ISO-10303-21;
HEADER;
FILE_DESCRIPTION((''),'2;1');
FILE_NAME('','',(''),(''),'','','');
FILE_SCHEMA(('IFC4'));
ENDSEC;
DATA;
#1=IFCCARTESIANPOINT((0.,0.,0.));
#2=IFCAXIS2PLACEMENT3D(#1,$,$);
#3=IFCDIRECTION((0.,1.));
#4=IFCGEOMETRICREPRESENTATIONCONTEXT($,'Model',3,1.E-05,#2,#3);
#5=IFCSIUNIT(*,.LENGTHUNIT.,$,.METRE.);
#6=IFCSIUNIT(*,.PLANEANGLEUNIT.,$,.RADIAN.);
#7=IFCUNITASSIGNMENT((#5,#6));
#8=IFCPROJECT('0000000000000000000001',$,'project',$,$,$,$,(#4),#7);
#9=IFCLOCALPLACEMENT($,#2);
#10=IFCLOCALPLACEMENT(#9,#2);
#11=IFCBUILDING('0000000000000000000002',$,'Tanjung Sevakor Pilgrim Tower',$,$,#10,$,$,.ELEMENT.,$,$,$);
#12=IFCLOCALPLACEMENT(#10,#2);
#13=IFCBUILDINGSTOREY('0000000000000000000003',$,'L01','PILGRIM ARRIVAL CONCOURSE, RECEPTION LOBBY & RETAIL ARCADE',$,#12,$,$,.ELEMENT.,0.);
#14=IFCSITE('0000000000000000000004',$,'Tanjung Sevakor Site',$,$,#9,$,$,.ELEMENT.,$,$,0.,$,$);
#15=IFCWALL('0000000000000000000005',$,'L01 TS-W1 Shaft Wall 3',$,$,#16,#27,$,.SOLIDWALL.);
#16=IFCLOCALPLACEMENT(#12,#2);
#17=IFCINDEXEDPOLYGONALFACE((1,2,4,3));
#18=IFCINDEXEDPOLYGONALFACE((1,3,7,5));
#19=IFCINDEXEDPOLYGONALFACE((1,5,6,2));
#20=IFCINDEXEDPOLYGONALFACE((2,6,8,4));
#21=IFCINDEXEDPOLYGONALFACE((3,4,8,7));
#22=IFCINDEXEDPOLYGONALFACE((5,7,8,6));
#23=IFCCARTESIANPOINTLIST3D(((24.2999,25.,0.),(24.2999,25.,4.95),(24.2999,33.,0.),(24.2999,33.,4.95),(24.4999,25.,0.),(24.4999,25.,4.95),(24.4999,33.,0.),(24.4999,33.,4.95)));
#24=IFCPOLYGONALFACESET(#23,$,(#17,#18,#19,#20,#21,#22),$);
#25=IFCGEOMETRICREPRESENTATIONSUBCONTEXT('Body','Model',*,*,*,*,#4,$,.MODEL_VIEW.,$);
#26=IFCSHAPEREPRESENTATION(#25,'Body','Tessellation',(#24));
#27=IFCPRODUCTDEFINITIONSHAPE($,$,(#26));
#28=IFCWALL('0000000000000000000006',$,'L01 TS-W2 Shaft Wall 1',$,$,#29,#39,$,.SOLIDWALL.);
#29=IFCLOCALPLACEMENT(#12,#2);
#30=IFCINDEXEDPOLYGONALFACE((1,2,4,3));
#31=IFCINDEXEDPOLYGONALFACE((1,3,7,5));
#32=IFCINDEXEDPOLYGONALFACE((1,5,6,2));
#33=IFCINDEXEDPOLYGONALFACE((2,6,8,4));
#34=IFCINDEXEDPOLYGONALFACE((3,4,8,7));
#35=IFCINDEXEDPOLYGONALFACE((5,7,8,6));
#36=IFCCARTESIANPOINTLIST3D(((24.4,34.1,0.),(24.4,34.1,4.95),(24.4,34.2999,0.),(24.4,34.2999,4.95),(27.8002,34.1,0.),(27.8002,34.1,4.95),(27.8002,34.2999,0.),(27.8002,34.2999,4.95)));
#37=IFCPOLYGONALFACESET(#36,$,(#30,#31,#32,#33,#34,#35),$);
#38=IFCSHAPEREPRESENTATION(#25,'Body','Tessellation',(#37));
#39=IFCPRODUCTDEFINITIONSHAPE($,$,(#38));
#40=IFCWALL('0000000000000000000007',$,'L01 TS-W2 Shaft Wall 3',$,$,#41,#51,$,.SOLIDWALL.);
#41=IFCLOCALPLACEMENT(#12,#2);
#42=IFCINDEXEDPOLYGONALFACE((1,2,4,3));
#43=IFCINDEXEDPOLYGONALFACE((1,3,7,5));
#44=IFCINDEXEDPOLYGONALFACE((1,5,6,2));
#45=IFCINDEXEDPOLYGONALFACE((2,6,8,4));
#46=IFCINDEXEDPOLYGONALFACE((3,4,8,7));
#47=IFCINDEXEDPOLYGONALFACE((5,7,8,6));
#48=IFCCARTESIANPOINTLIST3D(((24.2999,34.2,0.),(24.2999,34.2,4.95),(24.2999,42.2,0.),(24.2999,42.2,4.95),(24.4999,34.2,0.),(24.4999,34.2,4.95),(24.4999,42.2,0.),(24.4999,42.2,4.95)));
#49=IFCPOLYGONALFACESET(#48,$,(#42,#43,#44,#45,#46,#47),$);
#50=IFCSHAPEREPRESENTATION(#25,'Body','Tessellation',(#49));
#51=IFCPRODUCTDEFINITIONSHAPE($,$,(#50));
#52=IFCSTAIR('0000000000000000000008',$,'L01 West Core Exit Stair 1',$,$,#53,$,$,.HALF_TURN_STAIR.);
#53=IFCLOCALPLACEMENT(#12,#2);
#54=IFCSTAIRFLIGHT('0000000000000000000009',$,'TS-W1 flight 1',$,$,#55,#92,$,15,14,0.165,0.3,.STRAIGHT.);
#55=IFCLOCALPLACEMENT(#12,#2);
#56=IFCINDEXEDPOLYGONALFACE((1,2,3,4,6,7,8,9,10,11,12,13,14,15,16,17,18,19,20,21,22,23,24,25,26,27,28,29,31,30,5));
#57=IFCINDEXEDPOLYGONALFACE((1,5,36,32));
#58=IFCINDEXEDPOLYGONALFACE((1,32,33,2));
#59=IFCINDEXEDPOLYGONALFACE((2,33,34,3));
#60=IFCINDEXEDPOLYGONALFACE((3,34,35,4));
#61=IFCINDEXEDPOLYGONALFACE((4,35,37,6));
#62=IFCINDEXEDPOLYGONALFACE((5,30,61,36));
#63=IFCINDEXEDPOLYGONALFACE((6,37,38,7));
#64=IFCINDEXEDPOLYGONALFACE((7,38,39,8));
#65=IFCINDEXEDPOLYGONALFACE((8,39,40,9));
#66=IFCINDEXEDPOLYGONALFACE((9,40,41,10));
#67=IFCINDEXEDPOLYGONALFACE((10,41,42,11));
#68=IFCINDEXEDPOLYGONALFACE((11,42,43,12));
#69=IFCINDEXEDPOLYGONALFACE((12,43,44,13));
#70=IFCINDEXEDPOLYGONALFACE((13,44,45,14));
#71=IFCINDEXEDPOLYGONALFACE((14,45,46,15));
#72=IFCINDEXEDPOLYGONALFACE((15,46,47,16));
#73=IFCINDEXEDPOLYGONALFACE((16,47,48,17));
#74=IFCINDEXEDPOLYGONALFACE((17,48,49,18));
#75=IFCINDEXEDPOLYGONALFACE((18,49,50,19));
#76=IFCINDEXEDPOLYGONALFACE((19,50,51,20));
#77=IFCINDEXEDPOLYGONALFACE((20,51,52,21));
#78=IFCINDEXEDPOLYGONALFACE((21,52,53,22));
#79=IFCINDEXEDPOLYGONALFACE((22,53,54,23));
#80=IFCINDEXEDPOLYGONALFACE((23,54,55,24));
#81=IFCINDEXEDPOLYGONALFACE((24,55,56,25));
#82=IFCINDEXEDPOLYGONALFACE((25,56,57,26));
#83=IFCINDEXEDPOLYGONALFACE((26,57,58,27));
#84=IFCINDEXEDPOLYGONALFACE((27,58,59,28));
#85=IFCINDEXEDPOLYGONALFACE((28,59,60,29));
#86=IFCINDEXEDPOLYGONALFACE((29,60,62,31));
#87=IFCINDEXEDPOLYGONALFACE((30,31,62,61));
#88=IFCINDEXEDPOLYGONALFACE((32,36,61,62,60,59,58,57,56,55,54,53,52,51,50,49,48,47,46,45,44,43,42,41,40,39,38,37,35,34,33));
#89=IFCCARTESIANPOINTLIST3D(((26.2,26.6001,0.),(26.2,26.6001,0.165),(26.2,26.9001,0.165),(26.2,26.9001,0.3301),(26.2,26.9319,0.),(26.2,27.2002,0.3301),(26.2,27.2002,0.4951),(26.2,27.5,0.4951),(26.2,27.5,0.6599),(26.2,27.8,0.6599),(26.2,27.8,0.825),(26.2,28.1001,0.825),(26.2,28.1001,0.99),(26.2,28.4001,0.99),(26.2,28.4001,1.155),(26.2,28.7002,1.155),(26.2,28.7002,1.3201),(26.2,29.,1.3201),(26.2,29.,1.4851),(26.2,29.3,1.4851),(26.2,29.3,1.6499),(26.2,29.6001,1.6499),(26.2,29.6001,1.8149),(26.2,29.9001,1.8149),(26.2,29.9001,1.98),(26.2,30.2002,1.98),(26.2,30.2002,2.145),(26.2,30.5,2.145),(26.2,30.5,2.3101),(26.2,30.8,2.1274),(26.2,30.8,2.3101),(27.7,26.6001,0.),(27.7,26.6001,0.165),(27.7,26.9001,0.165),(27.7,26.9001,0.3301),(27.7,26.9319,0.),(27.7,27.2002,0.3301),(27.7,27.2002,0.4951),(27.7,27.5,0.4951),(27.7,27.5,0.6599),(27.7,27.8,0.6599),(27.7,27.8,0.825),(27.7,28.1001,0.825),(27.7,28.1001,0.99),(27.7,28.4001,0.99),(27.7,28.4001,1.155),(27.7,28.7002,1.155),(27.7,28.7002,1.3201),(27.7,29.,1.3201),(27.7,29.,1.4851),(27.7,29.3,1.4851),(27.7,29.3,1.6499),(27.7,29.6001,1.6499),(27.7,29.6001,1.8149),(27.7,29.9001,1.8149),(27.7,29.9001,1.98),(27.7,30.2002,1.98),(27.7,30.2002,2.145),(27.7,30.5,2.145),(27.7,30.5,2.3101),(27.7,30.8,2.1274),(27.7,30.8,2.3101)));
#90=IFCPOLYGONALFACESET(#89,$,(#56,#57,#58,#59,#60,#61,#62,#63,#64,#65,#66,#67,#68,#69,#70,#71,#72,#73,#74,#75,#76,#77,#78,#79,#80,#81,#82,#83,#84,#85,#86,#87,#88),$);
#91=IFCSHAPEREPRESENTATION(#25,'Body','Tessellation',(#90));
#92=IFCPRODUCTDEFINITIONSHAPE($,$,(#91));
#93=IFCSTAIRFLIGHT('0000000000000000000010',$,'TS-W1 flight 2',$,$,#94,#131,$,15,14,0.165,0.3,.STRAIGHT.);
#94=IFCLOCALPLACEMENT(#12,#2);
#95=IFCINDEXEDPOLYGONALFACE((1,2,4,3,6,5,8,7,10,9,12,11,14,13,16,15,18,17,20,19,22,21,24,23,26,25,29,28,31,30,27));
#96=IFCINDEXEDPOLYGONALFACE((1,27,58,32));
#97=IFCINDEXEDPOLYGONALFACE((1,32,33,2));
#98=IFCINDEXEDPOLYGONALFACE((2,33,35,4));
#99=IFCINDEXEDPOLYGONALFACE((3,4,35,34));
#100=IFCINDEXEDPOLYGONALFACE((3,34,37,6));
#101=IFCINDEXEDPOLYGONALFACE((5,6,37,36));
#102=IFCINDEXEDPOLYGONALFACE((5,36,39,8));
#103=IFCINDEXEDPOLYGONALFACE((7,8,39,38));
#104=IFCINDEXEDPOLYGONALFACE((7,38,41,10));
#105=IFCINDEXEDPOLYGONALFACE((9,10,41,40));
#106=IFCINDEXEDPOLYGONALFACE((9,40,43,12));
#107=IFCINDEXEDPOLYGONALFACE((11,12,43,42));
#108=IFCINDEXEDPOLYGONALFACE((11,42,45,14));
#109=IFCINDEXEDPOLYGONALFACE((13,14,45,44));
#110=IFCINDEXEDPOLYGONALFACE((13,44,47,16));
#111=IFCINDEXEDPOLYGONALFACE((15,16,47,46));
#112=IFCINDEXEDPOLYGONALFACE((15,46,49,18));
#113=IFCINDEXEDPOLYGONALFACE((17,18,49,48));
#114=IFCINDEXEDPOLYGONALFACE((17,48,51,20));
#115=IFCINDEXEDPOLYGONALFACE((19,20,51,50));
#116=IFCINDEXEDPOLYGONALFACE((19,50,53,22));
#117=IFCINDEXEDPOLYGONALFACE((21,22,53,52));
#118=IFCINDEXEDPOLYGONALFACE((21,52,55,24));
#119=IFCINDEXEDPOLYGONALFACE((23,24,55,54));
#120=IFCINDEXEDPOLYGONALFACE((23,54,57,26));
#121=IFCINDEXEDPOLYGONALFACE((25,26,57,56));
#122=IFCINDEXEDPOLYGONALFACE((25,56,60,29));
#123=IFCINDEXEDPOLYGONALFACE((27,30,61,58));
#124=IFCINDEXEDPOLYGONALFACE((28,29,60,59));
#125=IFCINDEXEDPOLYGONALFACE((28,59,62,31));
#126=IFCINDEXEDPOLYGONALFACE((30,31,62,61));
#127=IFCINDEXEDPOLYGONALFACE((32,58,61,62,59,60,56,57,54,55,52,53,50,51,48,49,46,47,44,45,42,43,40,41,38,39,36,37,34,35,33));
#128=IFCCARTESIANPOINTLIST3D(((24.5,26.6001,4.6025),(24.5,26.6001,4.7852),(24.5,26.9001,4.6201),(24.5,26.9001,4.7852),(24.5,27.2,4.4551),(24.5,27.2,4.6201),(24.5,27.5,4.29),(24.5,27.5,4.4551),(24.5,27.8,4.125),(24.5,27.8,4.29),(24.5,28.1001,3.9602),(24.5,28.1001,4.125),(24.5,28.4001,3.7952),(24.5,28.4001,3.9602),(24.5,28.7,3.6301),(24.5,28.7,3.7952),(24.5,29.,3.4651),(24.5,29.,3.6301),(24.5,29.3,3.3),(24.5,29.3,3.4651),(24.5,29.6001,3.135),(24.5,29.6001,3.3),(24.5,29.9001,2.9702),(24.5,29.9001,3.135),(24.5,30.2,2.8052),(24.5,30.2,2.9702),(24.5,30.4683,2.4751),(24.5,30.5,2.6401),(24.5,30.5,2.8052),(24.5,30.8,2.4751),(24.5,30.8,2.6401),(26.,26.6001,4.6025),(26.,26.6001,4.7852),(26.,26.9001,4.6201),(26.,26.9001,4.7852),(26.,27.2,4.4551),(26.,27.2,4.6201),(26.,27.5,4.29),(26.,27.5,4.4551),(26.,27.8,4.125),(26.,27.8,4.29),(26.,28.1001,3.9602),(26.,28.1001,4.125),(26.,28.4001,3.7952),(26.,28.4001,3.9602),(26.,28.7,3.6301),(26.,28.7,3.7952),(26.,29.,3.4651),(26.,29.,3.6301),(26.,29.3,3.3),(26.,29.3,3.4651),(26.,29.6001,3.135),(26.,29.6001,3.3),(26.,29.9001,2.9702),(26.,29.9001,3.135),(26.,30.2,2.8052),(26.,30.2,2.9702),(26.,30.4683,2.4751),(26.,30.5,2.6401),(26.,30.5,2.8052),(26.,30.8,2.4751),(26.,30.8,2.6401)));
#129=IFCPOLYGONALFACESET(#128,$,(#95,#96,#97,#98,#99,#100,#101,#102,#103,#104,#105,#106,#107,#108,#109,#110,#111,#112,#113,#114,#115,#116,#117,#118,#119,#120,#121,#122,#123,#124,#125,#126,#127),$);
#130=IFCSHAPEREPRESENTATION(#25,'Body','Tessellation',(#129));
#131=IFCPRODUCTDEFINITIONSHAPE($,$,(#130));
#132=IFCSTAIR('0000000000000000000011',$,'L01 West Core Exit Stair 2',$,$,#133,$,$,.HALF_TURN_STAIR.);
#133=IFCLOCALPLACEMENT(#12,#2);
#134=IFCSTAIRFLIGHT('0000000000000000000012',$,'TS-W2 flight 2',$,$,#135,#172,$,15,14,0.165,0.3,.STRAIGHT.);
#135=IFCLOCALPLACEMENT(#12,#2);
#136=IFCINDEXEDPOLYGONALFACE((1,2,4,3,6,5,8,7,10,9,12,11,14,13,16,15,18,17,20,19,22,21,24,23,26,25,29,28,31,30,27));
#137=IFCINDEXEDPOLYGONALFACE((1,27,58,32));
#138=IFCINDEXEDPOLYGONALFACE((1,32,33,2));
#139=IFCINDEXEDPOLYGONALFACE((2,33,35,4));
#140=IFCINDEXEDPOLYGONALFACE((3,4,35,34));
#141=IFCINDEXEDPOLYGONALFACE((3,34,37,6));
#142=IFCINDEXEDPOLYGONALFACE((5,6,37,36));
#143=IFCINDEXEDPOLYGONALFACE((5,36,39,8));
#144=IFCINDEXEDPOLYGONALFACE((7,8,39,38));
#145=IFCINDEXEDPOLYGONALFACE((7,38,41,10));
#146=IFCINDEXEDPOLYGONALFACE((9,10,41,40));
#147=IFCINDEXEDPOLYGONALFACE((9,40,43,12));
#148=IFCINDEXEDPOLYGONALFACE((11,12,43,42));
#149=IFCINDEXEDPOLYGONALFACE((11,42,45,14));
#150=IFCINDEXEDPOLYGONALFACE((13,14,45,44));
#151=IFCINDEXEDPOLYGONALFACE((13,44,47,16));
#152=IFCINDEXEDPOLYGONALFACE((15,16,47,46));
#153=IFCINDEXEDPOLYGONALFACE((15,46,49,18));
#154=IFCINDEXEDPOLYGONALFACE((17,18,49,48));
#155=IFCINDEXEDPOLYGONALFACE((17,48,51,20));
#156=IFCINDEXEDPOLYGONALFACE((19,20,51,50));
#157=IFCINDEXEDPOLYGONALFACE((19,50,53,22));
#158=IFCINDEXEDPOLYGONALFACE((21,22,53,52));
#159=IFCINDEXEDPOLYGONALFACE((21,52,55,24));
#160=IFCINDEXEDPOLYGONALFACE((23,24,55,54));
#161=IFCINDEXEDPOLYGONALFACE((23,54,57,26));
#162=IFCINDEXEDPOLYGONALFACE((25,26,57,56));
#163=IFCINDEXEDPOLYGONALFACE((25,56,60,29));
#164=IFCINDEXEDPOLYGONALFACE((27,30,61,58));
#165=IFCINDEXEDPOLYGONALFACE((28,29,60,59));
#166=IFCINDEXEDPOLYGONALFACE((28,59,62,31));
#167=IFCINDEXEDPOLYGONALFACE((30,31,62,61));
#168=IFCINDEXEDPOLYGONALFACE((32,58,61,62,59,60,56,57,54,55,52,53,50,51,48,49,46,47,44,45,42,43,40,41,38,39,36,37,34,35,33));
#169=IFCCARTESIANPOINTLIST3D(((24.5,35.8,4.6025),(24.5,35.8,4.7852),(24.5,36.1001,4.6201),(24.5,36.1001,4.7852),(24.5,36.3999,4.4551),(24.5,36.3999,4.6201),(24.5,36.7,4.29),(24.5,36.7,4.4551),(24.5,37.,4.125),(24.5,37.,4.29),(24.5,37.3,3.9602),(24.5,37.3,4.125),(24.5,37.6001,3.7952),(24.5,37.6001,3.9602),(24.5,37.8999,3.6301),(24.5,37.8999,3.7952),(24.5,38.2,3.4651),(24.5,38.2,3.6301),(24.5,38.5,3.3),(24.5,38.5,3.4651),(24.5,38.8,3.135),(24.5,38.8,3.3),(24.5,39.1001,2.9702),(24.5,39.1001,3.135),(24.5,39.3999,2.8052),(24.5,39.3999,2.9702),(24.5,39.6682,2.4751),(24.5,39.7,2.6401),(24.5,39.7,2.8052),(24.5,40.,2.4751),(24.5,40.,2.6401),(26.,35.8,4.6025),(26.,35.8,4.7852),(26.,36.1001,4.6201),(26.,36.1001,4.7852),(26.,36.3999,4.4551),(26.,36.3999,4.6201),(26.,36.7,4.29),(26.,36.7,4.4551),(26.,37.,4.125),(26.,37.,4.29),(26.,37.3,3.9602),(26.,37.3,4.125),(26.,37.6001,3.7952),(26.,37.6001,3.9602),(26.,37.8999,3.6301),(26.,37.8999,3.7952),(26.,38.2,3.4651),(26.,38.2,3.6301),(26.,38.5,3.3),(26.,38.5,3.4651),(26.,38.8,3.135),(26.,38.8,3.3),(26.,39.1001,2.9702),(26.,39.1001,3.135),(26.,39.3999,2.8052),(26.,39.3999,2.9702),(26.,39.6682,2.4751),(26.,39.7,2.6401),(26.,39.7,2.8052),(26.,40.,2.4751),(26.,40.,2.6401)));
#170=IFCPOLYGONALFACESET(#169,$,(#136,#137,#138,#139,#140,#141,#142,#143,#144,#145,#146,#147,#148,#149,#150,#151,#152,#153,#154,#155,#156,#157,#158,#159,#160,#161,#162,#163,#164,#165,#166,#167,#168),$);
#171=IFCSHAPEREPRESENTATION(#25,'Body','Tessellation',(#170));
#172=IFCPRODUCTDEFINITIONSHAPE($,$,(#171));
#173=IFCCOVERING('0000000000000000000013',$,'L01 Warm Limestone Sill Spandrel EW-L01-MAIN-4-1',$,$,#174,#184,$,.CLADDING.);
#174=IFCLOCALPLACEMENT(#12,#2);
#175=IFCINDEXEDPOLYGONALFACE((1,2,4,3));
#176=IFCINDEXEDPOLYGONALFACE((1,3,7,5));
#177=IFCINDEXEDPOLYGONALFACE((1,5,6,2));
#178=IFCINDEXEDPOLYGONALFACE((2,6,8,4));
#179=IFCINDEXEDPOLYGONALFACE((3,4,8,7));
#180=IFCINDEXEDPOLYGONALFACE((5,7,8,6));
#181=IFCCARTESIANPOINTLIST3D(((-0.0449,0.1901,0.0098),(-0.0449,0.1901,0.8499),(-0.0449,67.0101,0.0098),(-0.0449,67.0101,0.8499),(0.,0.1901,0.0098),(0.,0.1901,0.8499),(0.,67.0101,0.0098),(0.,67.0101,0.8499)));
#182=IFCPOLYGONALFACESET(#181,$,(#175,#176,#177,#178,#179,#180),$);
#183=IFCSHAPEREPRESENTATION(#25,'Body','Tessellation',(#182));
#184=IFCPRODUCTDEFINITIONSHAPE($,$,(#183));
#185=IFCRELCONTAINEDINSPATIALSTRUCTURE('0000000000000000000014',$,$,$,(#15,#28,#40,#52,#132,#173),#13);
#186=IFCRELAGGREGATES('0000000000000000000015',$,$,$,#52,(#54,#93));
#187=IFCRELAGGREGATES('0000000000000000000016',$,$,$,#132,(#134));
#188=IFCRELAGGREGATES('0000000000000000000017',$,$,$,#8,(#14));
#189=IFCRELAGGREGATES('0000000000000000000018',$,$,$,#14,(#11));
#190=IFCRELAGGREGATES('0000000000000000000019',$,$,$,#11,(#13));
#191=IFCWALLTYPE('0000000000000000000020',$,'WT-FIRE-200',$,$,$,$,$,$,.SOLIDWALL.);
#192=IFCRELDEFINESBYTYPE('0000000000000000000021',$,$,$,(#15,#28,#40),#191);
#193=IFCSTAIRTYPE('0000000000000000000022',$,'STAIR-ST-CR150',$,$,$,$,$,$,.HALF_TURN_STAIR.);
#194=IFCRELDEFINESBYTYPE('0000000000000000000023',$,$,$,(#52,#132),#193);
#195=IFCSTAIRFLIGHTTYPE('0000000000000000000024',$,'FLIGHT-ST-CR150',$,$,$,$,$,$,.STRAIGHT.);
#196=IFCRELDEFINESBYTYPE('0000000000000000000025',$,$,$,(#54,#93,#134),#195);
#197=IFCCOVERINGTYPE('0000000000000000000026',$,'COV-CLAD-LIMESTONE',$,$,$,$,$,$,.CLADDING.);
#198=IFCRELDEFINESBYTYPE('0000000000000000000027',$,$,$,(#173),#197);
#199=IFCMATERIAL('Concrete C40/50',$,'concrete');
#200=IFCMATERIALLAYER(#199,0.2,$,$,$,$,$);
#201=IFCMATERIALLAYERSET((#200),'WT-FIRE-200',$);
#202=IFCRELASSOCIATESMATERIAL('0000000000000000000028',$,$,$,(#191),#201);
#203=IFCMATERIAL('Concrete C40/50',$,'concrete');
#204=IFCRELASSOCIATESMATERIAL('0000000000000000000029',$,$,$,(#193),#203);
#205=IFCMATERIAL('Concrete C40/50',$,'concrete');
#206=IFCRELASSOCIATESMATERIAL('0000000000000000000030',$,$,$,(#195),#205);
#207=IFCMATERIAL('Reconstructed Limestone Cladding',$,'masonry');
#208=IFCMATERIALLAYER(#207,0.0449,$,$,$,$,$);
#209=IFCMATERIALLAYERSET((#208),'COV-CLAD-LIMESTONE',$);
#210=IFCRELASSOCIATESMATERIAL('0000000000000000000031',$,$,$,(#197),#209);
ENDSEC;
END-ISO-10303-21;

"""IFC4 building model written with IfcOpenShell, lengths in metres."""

from ifc_helpers import new_model, si_unit, direction, frame, frame_2d, origin, origin_2d, place, context, subcontext, project, spatial, polyline, rectangle, outline, extrude, material, layer, layer_set, type_object, element, aggregate, save


model = new_model("IFC4")

# Units and contexts
model_context = context("Model", 3, precision=1e-05, world=origin(), true_north=direction((0.0, 1.0)))
body_context = subcontext(model_context, "Body", "Model", "MODEL_VIEW")
ifc_project = project(units=[si_unit("LENGTHUNIT", "METRE"), si_unit("PLANEANGLEUNIT", "RADIAN")], contexts=[model_context])

# Site, building, storey
site_placement = place(None, origin())
site = spatial("IfcSite", under=ifc_project, at=site_placement, Name="Tanjung Sevakor Site", CompositionType="ELEMENT", RefElevation=0.0)
building_placement = place(site_placement, origin())
building = spatial("IfcBuilding", under=site, at=building_placement, Name="Tanjung Sevakor Pilgrim Tower", CompositionType="ELEMENT")
storey_placement = place(building_placement, origin())
storey = spatial("IfcBuildingStorey", under=building, at=storey_placement, Name="L01", Description="PILGRIM ARRIVAL CONCOURSE, RECEPTION LOBBY & RETAIL ARCADE", CompositionType="ELEMENT", Elevation=0.0)

# Walls
ifc_material_1 = material(Name="Concrete C40/50", Category="concrete")
ifc_layer_1 = layer(ifc_material_1, 0.2)
ifc_layer_set_1 = layer_set([ifc_layer_1], Name="WT-FIRE-200")
wall_type = type_object("IfcWallType", Name="WT-FIRE-200", PredefinedType="SOLIDWALL", material=ifc_layer_set_1)
wall_1_placement = place(storey_placement, frame((24.3999, 33.0, 0.0), z_axis=(0.0, 0.0, 1.0), x_axis=(0.0, -1.0, 0.0)))
element("IfcWall", 1, at=wall_1_placement, inside=storey, type_object=wall_type, Name="L01 TS-W1 Shaft Wall 3", PredefinedType="SOLIDWALL", context=body_context, shape_type="SweptSolid", body=[
    extrude(rectangle(XDim=8.0, YDim=0.2, at=frame_2d((4.0, 0.0))), origin(), (0.0, 0.0, 1.0), 4.95),
])
wall_2_placement = place(storey_placement, frame((24.3999, 34.2, 0.0), z_axis=(0.0, 0.0, 1.0), x_axis=(1.0, 0.0, 0.0)))
element("IfcWall", 2, at=wall_2_placement, inside=storey, type_object=wall_type, Name="L01 TS-W2 Shaft Wall 1", PredefinedType="SOLIDWALL", context=body_context, shape_type="SweptSolid", body=[
    extrude(rectangle(XDim=3.4001, YDim=0.2, at=frame_2d((1.7002, 0.0))), origin(), (0.0, 0.0, 1.0), 4.95),
])
wall_3_placement = place(storey_placement, frame((24.3999, 42.2, 0.0), z_axis=(0.0, 0.0, 1.0), x_axis=(0.0, -1.0, 0.0)))
element("IfcWall", 3, at=wall_3_placement, inside=storey, type_object=wall_type, Name="L01 TS-W2 Shaft Wall 3", PredefinedType="SOLIDWALL", context=body_context, shape_type="SweptSolid", body=[
    extrude(rectangle(XDim=8.0, YDim=0.2, at=frame_2d((4.0, 0.0))), origin(), (0.0, 0.0, 1.0), 4.95),
])

# Stair, stair flights
ifc_material_2 = material(Name="Concrete C40/50", Category="concrete")
stair_type = type_object("IfcStairType", Name="STAIR-ST-CR150", PredefinedType="HALF_TURN_STAIR", material=ifc_material_2)
stair_1_placement = place(storey_placement, origin())
stair_1 = element("IfcStair", 4, at=stair_1_placement, inside=storey, type_object=stair_type, Name="L01 West Core Exit Stair 1", PredefinedType="HALF_TURN_STAIR")
ifc_material_3 = material(Name="Concrete C40/50", Category="concrete")
stair_flight_type = type_object("IfcStairFlightType", Name="FLIGHT-ST-CR150", PredefinedType="STRAIGHT", material=ifc_material_3)
stair_flight_1_placement = place(storey_placement, frame((26.95, 26.6001, 0.0), z_axis=(0.0, 0.0, 1.0), x_axis=(0.0, 1.0, 0.0)))
stair_flight_1 = element("IfcStairFlight", 5, at=stair_flight_1_placement, type_object=stair_flight_type, Name="TS-W1 flight 1", NumberOfRisers=15, NumberOfTreads=14, PredefinedType="STRAIGHT", RiserHeight=0.165, TreadLength=0.3, context=body_context, shape_type="SweptSolid", body=[
    extrude(outline(polyline([(0.0, 0.0), (0.0, 0.165), (0.3, 0.165), (0.3, 0.3301), (0.6001, 0.3301), (0.6001, 0.4951), (0.8999, 0.4951), (0.8999, 0.6599), (1.2, 0.6599), (1.2, 0.825), (1.5, 0.825), (1.5, 0.99), (1.8, 0.99), (1.8, 1.155), (2.1001, 1.155), (2.1001, 1.3201), (2.3999, 1.3201), (2.3999, 1.4851), (2.7, 1.4851), (2.7, 1.6499), (3.0, 1.6499), (3.0, 1.8149), (3.3, 1.8149), (3.3, 1.98), (3.6001, 1.98), (3.6001, 2.145), (3.8999, 2.145), (3.8999, 2.3101), (4.2, 2.3101), (4.2, 2.4751), (4.2, 2.1274), (0.3318, 0.0), (0.0, 0.0)])), frame((0.0, 0.75, 0.0), z_axis=(0.0, -1.0, 0.0), x_axis=(1.0, 0.0, 0.0)), (0.0, 0.0, 1.0), 1.5),
])
stair_flight_2_placement = place(storey_placement, frame((25.25, 30.8, 2.4751), z_axis=(0.0, 0.0, 1.0), x_axis=(0.0, -1.0, 0.0)))
stair_flight_2 = element("IfcStairFlight", 6, at=stair_flight_2_placement, type_object=stair_flight_type, Name="TS-W1 flight 2", NumberOfRisers=15, NumberOfTreads=14, PredefinedType="STRAIGHT", RiserHeight=0.165, TreadLength=0.3, context=body_context, shape_type="SweptSolid", body=[
    extrude(outline(polyline([(0.0, 0.0), (0.0, 0.165), (0.3, 0.165), (0.3, 0.3301), (0.6001, 0.3301), (0.6001, 0.4951), (0.8999, 0.4951), (0.8999, 0.6599), (1.2, 0.6599), (1.2, 0.825), (1.5, 0.825), (1.5, 0.99), (1.8, 0.99), (1.8, 1.155), (2.1001, 1.155), (2.1001, 1.3201), (2.3999, 1.3201), (2.3999, 1.4851), (2.7, 1.4851), (2.7, 1.6499), (3.0, 1.6499), (3.0, 1.8149), (3.3, 1.8149), (3.3, 1.98), (3.6001, 1.98), (3.6001, 2.145), (3.8999, 2.145), (3.8999, 2.3101), (4.2, 2.3101), (4.2, 2.4751), (4.2, 2.1274), (0.3318, 0.0), (0.0, 0.0)])), frame((0.0, 0.75, 0.0), z_axis=(0.0, -1.0, 0.0), x_axis=(1.0, 0.0, 0.0)), (0.0, 0.0, 1.0), 1.5),
])
aggregate(stair_1, [stair_flight_1, stair_flight_2])

# Stair, stair flight
stair_2_placement = place(storey_placement, origin())
stair_2 = element("IfcStair", 7, at=stair_2_placement, inside=storey, type_object=stair_type, Name="L01 West Core Exit Stair 2", PredefinedType="HALF_TURN_STAIR")
stair_flight_3_placement = place(storey_placement, frame((25.25, 40.0, 2.4751), z_axis=(0.0, 0.0, 1.0), x_axis=(0.0, -1.0, 0.0)))
stair_flight_3 = element("IfcStairFlight", 8, at=stair_flight_3_placement, type_object=stair_flight_type, Name="TS-W2 flight 2", NumberOfRisers=15, NumberOfTreads=14, PredefinedType="STRAIGHT", RiserHeight=0.165, TreadLength=0.3, context=body_context, shape_type="SweptSolid", body=[
    extrude(outline(polyline([(0.0, 0.0), (0.0, 0.165), (0.3, 0.165), (0.3, 0.3301), (0.6001, 0.3301), (0.6001, 0.4951), (0.8999, 0.4951), (0.8999, 0.6599), (1.2, 0.6599), (1.2, 0.825), (1.5, 0.825), (1.5, 0.99), (1.8, 0.99), (1.8, 1.155), (2.1001, 1.155), (2.1001, 1.3201), (2.3999, 1.3201), (2.3999, 1.4851), (2.7, 1.4851), (2.7, 1.6499), (3.0, 1.6499), (3.0, 1.8149), (3.3, 1.8149), (3.3, 1.98), (3.6001, 1.98), (3.6001, 2.145), (3.8999, 2.145), (3.8999, 2.3101), (4.2, 2.3101), (4.2, 2.4751), (4.2, 2.1274), (0.3318, 0.0), (0.0, 0.0)])), frame((0.0, 0.75, 0.0), z_axis=(0.0, -1.0, 0.0), x_axis=(1.0, 0.0, 0.0)), (0.0, 0.0, 1.0), 1.5),
])
aggregate(stair_2, [stair_flight_3])

# Covering
ifc_material_4 = material(Name="Reconstructed Limestone Cladding", Category="masonry")
ifc_layer_2 = layer(ifc_material_4, 0.0449)
ifc_layer_set_2 = layer_set([ifc_layer_2], Name="COV-CLAD-LIMESTONE")
covering_type = type_object("IfcCoveringType", Name="COV-CLAD-LIMESTONE", PredefinedType="CLADDING", material=ifc_layer_set_2)
covering_1_placement = place(storey_placement, frame((-0.0225, 33.6001, 0.0098), z_axis=(0.0, 0.0, 1.0), x_axis=(0.0, -1.0, 0.0)))
element("IfcCovering", 9, at=covering_1_placement, inside=storey, type_object=covering_type, Name="L01 Warm Limestone Sill Spandrel EW-L01-MAIN-4-1", PredefinedType="CLADDING", context=body_context, shape_type="SweptSolid", body=[
    extrude(rectangle(XDim=66.8201, YDim=0.0449, at=origin_2d()), origin(), (0.0, 0.0, 1.0), 0.8401),
])

save(model, "model.ifc")
